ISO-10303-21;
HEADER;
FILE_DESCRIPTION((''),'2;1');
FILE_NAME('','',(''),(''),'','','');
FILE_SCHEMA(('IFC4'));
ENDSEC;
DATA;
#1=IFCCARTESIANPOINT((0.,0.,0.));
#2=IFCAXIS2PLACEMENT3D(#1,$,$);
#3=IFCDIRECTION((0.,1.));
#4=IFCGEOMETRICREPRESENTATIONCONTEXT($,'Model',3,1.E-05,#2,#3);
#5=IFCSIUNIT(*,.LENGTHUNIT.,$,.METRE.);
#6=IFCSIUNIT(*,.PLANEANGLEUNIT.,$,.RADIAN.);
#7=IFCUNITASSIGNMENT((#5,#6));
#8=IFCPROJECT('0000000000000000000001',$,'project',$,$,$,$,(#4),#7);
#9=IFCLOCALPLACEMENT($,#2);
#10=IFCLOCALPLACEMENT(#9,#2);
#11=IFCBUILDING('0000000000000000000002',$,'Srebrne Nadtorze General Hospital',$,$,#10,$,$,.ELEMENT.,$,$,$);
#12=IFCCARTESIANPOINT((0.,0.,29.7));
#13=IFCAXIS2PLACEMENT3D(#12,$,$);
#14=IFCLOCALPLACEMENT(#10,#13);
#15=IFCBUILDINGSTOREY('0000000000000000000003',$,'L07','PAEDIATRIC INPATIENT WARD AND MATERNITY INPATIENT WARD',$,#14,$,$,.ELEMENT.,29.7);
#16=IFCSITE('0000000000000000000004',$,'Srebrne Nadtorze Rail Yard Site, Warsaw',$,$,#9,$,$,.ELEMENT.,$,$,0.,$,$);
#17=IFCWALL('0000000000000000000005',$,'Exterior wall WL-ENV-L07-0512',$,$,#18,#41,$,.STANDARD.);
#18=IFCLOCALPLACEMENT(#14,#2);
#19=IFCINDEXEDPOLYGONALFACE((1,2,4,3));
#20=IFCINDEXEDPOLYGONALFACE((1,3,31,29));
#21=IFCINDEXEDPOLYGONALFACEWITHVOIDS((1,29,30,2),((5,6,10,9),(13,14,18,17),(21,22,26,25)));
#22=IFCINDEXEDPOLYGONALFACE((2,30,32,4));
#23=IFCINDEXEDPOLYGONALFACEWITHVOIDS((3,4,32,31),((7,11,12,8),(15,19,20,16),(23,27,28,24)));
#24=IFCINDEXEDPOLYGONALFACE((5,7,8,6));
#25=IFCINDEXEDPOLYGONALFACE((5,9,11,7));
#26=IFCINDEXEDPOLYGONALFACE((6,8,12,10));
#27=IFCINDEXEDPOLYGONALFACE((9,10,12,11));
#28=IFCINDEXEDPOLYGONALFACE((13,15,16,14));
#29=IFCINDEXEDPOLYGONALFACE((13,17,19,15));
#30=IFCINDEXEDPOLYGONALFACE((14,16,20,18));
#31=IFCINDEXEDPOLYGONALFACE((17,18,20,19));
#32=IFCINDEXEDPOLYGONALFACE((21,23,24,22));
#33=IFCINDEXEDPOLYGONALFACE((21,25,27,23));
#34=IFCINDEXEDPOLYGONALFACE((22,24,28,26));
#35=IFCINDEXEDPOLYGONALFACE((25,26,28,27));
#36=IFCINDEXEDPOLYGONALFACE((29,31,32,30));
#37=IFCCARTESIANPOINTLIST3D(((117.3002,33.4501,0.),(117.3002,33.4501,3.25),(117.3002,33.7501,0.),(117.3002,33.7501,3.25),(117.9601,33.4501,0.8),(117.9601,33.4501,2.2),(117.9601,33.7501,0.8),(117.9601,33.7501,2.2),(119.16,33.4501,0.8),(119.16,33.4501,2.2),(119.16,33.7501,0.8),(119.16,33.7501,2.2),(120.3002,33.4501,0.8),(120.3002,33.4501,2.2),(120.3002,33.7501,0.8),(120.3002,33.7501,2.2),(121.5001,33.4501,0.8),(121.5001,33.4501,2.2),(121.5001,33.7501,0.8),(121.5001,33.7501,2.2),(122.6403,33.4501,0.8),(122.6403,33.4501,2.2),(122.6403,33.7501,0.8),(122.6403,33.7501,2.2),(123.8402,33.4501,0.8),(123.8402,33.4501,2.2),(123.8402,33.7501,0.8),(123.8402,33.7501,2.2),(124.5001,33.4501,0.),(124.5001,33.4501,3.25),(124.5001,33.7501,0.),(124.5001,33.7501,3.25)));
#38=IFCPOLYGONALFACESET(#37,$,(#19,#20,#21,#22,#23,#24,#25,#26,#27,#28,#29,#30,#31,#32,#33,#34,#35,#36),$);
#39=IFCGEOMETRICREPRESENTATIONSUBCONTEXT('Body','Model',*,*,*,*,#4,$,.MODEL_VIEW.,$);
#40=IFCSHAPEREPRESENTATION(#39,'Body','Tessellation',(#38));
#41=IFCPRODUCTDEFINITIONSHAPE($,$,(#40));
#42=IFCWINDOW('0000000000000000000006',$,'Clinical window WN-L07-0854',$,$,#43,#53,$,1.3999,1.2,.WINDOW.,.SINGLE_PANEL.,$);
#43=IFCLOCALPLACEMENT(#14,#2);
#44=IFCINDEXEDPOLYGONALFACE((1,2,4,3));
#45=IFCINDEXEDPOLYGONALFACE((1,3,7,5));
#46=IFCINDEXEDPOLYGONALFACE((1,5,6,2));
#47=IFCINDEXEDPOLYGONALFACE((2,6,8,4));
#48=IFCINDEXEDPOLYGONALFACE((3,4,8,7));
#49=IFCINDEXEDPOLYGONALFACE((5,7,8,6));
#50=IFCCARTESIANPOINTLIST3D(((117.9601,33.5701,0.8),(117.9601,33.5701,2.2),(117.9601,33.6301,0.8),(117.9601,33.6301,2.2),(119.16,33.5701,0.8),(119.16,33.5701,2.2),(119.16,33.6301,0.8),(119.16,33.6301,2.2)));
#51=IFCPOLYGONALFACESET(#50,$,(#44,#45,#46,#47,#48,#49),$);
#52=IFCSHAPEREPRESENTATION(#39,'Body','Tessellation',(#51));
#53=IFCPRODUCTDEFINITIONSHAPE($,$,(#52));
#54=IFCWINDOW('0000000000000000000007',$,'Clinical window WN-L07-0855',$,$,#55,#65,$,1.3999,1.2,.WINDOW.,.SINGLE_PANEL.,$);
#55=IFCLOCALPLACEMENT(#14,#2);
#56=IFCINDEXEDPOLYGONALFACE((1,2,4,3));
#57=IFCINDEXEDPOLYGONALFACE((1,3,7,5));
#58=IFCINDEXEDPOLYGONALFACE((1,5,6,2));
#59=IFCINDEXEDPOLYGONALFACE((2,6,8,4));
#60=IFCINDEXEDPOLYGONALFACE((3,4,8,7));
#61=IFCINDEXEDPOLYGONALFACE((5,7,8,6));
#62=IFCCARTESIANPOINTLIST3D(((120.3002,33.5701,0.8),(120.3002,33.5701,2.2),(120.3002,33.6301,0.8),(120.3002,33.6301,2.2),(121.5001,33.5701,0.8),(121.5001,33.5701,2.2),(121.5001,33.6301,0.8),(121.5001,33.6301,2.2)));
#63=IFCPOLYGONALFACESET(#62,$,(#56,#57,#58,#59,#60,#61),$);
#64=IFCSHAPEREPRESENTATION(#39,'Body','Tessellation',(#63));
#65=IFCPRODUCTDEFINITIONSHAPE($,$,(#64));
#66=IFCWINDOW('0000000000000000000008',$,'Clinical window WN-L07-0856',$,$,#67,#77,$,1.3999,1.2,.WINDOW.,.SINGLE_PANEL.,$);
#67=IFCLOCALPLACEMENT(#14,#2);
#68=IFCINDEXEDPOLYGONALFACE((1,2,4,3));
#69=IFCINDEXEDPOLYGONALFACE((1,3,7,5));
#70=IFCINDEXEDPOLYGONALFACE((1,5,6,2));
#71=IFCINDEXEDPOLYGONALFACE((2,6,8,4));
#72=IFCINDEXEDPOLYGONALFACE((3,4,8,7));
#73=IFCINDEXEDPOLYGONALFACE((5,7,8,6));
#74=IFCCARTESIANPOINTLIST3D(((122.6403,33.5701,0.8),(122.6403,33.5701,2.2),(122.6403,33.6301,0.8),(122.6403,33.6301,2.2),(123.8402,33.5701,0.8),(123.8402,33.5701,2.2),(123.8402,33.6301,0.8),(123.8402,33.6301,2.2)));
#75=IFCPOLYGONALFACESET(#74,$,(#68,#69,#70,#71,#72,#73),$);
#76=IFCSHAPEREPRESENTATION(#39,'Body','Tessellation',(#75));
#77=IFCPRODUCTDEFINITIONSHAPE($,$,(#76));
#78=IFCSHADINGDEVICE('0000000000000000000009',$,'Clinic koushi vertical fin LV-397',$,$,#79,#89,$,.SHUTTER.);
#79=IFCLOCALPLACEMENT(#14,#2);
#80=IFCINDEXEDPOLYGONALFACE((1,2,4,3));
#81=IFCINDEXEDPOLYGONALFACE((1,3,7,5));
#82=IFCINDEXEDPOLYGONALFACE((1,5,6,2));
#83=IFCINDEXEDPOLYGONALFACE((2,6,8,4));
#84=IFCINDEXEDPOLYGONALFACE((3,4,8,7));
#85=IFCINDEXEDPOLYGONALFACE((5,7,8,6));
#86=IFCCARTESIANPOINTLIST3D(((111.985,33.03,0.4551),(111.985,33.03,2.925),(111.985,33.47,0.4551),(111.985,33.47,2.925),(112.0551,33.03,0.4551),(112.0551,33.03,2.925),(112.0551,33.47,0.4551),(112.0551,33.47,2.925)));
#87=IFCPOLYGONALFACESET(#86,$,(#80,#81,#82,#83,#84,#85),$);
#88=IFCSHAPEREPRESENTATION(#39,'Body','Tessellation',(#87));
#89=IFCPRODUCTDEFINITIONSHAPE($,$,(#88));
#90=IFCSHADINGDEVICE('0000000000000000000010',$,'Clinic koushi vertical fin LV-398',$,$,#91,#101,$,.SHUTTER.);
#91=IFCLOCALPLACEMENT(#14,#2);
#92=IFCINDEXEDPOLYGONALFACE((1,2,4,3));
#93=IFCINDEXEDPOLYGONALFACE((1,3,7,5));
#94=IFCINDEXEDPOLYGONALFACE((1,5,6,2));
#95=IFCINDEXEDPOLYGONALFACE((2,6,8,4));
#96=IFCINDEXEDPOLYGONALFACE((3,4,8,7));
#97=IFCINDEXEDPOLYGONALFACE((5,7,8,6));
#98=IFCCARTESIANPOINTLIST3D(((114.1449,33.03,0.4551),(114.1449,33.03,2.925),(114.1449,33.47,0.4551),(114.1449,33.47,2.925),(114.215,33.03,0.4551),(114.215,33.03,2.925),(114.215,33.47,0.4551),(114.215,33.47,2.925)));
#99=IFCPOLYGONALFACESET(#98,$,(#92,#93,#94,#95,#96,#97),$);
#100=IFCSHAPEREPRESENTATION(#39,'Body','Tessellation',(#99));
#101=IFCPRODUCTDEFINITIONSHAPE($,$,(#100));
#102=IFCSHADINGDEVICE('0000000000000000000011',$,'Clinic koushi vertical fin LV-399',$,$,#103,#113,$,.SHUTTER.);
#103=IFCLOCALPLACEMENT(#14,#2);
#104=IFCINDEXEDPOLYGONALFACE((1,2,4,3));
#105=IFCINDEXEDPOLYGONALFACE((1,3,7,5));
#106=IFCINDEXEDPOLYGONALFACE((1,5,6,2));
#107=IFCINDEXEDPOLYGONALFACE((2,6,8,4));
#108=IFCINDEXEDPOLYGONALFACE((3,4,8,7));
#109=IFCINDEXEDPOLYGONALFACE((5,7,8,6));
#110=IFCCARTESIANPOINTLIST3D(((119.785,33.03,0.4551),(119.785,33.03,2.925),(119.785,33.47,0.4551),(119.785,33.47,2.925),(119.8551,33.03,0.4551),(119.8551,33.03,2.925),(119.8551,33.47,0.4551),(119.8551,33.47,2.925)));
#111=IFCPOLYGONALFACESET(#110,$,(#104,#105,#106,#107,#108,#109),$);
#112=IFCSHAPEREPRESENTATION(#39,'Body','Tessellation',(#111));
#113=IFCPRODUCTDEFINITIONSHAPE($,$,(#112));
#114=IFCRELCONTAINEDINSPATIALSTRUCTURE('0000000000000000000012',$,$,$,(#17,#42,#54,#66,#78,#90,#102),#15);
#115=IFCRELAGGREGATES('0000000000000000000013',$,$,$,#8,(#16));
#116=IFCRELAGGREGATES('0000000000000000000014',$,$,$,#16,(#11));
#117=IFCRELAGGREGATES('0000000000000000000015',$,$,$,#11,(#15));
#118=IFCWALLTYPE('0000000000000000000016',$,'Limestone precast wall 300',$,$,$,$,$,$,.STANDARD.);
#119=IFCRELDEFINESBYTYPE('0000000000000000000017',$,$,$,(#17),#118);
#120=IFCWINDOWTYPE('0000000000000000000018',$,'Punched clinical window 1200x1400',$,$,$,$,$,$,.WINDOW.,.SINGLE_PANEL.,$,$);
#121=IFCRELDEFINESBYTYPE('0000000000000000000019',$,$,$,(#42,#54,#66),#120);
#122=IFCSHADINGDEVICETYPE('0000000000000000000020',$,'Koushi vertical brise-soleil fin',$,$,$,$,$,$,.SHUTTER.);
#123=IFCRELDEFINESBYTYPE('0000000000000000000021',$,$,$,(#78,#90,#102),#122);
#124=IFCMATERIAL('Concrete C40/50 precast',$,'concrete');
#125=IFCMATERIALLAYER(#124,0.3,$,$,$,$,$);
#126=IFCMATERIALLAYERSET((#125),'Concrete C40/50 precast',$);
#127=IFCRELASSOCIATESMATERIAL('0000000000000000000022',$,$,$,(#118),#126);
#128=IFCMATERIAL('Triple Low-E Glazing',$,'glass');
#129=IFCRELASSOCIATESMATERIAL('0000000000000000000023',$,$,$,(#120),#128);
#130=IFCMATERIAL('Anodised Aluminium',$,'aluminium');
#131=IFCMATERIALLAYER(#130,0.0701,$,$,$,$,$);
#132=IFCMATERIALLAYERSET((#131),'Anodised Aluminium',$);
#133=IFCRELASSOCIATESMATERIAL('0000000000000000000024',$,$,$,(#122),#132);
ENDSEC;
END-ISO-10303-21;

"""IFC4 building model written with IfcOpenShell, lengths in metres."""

from ifc_helpers import new_model, si_unit, direction, frame, frame_2d, origin, origin_2d, place, context, subcontext, project, spatial, rectangle, extrude, material, layer, layer_set, type_object, element, fill, save


model = new_model("IFC4")

# Units and contexts
model_context = context("Model", 3, precision=1e-05, world=origin(), true_north=direction((0.0, 1.0)))
body_context = subcontext(model_context, "Body", "Model", "MODEL_VIEW")
ifc_project = project(units=[si_unit("LENGTHUNIT", "METRE"), si_unit("PLANEANGLEUNIT", "RADIAN")], contexts=[model_context])

# Site, building, storey
site_placement = place(None, origin())
site = spatial("IfcSite", under=ifc_project, at=site_placement, Name="Srebrne Nadtorze Rail Yard Site, Warsaw", CompositionType="ELEMENT", RefElevation=0.0)
building_placement = place(site_placement, origin())
building = spatial("IfcBuilding", under=site, at=building_placement, Name="Srebrne Nadtorze General Hospital", CompositionType="ELEMENT")
storey_placement = place(building_placement, frame((0.0, 0.0, 29.7)))
storey = spatial("IfcBuildingStorey", under=building, at=storey_placement, Name="L07", Description="PAEDIATRIC INPATIENT WARD AND MATERNITY INPATIENT WARD", CompositionType="ELEMENT", Elevation=29.7)

# Wall, openings, windows
ifc_material_1 = material(Name="Concrete C40/50 precast", Category="concrete")
ifc_layer_1 = layer(ifc_material_1, 0.3)
ifc_layer_set_1 = layer_set([ifc_layer_1], Name="Concrete C40/50 precast")
wall_type_1 = type_object("IfcWallType", Name="Limestone precast wall 300", PredefinedType="STANDARD", material=ifc_layer_set_1)
wall_1_placement = place(storey_placement, frame((117.3, 33.6001, 0.0), z_axis=(0.0, 0.0, 1.0), x_axis=(1.0, 0.0, 0.0)))
wall_1 = element("IfcWall", 1, at=wall_1_placement, inside=storey, type_object=wall_type_1, Name="Exterior wall WL-ENV-L07-0512", PredefinedType="STANDARD", context=body_context, shape_type="SweptSolid", body=[
    extrude(rectangle(XDim=7.2, YDim=0.3, at=frame_2d((3.6001, 0.0))), origin(), (0.0, 0.0, 1.0), 3.25),
])
opening_1_placement = place(wall_1_placement, frame((0.6599, 0.0, 0.8)))
opening_1 = element("IfcOpeningElement", 2, at=opening_1_placement, cuts=wall_1, PredefinedType="OPENING", context=body_context, shape_type="SweptSolid", body=[
    extrude(rectangle(XDim=1.2, YDim=1.3999, at=frame_2d((0.6001, 0.7))), frame((0.0, 0.1621, 0.0), z_axis=(0.0, -1.0, 0.0), x_axis=(1.0, 0.0, 0.0)), (0.0, 0.0, 1.0), 0.324),
])
opening_2_placement = place(wall_1_placement, frame((3.0, 0.0, 0.8)))
opening_2 = element("IfcOpeningElement", 3, at=opening_2_placement, cuts=wall_1, PredefinedType="OPENING", context=body_context, shape_type="SweptSolid", body=[
    extrude(rectangle(XDim=1.2, YDim=1.3999, at=frame_2d((0.6001, 0.7))), frame((0.0, 0.1621, 0.0), z_axis=(0.0, -1.0, 0.0), x_axis=(1.0, 0.0, 0.0)), (0.0, 0.0, 1.0), 0.324),
])
opening_3_placement = place(wall_1_placement, frame((5.3401, 0.0, 0.8)))
opening_3 = element("IfcOpeningElement", 4, at=opening_3_placement, cuts=wall_1, PredefinedType="OPENING", context=body_context, shape_type="SweptSolid", body=[
    extrude(rectangle(XDim=1.2, YDim=1.3999, at=frame_2d((0.6001, 0.7))), frame((0.0, 0.1621, 0.0), z_axis=(0.0, -1.0, 0.0), x_axis=(1.0, 0.0, 0.0)), (0.0, 0.0, 1.0), 0.324),
])
ifc_material_2 = material(Name="Triple Low-E Glazing", Category="glass")
window_type_1 = type_object("IfcWindowType", Name="Punched clinical window 1200x1400", PartitioningType="SINGLE_PANEL", PredefinedType="WINDOW", material=ifc_material_2)
window_1_placement = place(opening_1_placement, origin())
window_1 = element("IfcWindow", 5, at=window_1_placement, inside=storey, type_object=window_type_1, Name="Clinical window WN-L07-0854", OverallHeight=1.3999, OverallWidth=1.2, PartitioningType="SINGLE_PANEL", PredefinedType="WINDOW", context=body_context, shape_type="SweptSolid", body=[
    extrude(rectangle(XDim=1.2, YDim=1.3999, at=frame_2d((0.6001, 0.7))), frame((0.0, 0.03, 0.0), z_axis=(0.0, -1.0, 0.0), x_axis=(1.0, 0.0, 0.0)), (0.0, 0.0, 1.0), 0.0601),
])
fill(opening_1, window_1)
window_2_placement = place(opening_2_placement, origin())
window_2 = element("IfcWindow", 6, at=window_2_placement, inside=storey, type_object=window_type_1, Name="Clinical window WN-L07-0855", OverallHeight=1.3999, OverallWidth=1.2, PartitioningType="SINGLE_PANEL", PredefinedType="WINDOW", context=body_context, shape_type="SweptSolid", body=[
    extrude(rectangle(XDim=1.2, YDim=1.3999, at=frame_2d((0.6001, 0.7))), frame((0.0, 0.03, 0.0), z_axis=(0.0, -1.0, 0.0), x_axis=(1.0, 0.0, 0.0)), (0.0, 0.0, 1.0), 0.0601),
])
fill(opening_2, window_2)
window_3_placement = place(opening_3_placement, origin())
window_3 = element("IfcWindow", 7, at=window_3_placement, inside=storey, type_object=window_type_1, Name="Clinical window WN-L07-0856", OverallHeight=1.3999, OverallWidth=1.2, PartitioningType="SINGLE_PANEL", PredefinedType="WINDOW", context=body_context, shape_type="SweptSolid", body=[
    extrude(rectangle(XDim=1.2, YDim=1.3999, at=frame_2d((0.6001, 0.7))), frame((0.0, 0.03, 0.0), z_axis=(0.0, -1.0, 0.0), x_axis=(1.0, 0.0, 0.0)), (0.0, 0.0, 1.0), 0.0601),
])
fill(opening_3, window_3)

# Shading devices
ifc_material_3 = material(Name="Anodised Aluminium", Category="aluminium")
ifc_layer_2 = layer(ifc_material_3, 0.0701)
ifc_layer_set_2 = layer_set([ifc_layer_2], Name="Anodised Aluminium")
shading_device_type = type_object("IfcShadingDeviceType", Name="Koushi vertical brise-soleil fin", PredefinedType="SHUTTER", material=ifc_layer_set_2)
for number, where, z_axis, x_axis, name in (
    (8, (112.02, 33.25, 0.4551), (0.0, 0.0, 1.0), (1.0, 0.0, 0.0), "Clinic koushi vertical fin LV-397"),
    (9, (114.1799, 33.25, 0.4551), (0.0, 0.0, 1.0), (1.0, 0.0, 0.0), "Clinic koushi vertical fin LV-398"),
    (10, (119.8201, 33.25, 0.4551), (0.0, 0.0, 1.0), (1.0, 0.0, 0.0), "Clinic koushi vertical fin LV-399"),
):
    element("IfcShadingDevice", number, at=place(storey_placement, frame(where, z_axis=z_axis, x_axis=x_axis)), inside=storey, type_object=shading_device_type, Name=name, PredefinedType="SHUTTER", context=body_context, shape_type="SweptSolid", body=[
        extrude(rectangle(XDim=0.0701, YDim=0.4399, at=origin_2d()), origin(), (0.0, 0.0, 1.0), 2.47),
    ])

save(model, "model.ifc")
